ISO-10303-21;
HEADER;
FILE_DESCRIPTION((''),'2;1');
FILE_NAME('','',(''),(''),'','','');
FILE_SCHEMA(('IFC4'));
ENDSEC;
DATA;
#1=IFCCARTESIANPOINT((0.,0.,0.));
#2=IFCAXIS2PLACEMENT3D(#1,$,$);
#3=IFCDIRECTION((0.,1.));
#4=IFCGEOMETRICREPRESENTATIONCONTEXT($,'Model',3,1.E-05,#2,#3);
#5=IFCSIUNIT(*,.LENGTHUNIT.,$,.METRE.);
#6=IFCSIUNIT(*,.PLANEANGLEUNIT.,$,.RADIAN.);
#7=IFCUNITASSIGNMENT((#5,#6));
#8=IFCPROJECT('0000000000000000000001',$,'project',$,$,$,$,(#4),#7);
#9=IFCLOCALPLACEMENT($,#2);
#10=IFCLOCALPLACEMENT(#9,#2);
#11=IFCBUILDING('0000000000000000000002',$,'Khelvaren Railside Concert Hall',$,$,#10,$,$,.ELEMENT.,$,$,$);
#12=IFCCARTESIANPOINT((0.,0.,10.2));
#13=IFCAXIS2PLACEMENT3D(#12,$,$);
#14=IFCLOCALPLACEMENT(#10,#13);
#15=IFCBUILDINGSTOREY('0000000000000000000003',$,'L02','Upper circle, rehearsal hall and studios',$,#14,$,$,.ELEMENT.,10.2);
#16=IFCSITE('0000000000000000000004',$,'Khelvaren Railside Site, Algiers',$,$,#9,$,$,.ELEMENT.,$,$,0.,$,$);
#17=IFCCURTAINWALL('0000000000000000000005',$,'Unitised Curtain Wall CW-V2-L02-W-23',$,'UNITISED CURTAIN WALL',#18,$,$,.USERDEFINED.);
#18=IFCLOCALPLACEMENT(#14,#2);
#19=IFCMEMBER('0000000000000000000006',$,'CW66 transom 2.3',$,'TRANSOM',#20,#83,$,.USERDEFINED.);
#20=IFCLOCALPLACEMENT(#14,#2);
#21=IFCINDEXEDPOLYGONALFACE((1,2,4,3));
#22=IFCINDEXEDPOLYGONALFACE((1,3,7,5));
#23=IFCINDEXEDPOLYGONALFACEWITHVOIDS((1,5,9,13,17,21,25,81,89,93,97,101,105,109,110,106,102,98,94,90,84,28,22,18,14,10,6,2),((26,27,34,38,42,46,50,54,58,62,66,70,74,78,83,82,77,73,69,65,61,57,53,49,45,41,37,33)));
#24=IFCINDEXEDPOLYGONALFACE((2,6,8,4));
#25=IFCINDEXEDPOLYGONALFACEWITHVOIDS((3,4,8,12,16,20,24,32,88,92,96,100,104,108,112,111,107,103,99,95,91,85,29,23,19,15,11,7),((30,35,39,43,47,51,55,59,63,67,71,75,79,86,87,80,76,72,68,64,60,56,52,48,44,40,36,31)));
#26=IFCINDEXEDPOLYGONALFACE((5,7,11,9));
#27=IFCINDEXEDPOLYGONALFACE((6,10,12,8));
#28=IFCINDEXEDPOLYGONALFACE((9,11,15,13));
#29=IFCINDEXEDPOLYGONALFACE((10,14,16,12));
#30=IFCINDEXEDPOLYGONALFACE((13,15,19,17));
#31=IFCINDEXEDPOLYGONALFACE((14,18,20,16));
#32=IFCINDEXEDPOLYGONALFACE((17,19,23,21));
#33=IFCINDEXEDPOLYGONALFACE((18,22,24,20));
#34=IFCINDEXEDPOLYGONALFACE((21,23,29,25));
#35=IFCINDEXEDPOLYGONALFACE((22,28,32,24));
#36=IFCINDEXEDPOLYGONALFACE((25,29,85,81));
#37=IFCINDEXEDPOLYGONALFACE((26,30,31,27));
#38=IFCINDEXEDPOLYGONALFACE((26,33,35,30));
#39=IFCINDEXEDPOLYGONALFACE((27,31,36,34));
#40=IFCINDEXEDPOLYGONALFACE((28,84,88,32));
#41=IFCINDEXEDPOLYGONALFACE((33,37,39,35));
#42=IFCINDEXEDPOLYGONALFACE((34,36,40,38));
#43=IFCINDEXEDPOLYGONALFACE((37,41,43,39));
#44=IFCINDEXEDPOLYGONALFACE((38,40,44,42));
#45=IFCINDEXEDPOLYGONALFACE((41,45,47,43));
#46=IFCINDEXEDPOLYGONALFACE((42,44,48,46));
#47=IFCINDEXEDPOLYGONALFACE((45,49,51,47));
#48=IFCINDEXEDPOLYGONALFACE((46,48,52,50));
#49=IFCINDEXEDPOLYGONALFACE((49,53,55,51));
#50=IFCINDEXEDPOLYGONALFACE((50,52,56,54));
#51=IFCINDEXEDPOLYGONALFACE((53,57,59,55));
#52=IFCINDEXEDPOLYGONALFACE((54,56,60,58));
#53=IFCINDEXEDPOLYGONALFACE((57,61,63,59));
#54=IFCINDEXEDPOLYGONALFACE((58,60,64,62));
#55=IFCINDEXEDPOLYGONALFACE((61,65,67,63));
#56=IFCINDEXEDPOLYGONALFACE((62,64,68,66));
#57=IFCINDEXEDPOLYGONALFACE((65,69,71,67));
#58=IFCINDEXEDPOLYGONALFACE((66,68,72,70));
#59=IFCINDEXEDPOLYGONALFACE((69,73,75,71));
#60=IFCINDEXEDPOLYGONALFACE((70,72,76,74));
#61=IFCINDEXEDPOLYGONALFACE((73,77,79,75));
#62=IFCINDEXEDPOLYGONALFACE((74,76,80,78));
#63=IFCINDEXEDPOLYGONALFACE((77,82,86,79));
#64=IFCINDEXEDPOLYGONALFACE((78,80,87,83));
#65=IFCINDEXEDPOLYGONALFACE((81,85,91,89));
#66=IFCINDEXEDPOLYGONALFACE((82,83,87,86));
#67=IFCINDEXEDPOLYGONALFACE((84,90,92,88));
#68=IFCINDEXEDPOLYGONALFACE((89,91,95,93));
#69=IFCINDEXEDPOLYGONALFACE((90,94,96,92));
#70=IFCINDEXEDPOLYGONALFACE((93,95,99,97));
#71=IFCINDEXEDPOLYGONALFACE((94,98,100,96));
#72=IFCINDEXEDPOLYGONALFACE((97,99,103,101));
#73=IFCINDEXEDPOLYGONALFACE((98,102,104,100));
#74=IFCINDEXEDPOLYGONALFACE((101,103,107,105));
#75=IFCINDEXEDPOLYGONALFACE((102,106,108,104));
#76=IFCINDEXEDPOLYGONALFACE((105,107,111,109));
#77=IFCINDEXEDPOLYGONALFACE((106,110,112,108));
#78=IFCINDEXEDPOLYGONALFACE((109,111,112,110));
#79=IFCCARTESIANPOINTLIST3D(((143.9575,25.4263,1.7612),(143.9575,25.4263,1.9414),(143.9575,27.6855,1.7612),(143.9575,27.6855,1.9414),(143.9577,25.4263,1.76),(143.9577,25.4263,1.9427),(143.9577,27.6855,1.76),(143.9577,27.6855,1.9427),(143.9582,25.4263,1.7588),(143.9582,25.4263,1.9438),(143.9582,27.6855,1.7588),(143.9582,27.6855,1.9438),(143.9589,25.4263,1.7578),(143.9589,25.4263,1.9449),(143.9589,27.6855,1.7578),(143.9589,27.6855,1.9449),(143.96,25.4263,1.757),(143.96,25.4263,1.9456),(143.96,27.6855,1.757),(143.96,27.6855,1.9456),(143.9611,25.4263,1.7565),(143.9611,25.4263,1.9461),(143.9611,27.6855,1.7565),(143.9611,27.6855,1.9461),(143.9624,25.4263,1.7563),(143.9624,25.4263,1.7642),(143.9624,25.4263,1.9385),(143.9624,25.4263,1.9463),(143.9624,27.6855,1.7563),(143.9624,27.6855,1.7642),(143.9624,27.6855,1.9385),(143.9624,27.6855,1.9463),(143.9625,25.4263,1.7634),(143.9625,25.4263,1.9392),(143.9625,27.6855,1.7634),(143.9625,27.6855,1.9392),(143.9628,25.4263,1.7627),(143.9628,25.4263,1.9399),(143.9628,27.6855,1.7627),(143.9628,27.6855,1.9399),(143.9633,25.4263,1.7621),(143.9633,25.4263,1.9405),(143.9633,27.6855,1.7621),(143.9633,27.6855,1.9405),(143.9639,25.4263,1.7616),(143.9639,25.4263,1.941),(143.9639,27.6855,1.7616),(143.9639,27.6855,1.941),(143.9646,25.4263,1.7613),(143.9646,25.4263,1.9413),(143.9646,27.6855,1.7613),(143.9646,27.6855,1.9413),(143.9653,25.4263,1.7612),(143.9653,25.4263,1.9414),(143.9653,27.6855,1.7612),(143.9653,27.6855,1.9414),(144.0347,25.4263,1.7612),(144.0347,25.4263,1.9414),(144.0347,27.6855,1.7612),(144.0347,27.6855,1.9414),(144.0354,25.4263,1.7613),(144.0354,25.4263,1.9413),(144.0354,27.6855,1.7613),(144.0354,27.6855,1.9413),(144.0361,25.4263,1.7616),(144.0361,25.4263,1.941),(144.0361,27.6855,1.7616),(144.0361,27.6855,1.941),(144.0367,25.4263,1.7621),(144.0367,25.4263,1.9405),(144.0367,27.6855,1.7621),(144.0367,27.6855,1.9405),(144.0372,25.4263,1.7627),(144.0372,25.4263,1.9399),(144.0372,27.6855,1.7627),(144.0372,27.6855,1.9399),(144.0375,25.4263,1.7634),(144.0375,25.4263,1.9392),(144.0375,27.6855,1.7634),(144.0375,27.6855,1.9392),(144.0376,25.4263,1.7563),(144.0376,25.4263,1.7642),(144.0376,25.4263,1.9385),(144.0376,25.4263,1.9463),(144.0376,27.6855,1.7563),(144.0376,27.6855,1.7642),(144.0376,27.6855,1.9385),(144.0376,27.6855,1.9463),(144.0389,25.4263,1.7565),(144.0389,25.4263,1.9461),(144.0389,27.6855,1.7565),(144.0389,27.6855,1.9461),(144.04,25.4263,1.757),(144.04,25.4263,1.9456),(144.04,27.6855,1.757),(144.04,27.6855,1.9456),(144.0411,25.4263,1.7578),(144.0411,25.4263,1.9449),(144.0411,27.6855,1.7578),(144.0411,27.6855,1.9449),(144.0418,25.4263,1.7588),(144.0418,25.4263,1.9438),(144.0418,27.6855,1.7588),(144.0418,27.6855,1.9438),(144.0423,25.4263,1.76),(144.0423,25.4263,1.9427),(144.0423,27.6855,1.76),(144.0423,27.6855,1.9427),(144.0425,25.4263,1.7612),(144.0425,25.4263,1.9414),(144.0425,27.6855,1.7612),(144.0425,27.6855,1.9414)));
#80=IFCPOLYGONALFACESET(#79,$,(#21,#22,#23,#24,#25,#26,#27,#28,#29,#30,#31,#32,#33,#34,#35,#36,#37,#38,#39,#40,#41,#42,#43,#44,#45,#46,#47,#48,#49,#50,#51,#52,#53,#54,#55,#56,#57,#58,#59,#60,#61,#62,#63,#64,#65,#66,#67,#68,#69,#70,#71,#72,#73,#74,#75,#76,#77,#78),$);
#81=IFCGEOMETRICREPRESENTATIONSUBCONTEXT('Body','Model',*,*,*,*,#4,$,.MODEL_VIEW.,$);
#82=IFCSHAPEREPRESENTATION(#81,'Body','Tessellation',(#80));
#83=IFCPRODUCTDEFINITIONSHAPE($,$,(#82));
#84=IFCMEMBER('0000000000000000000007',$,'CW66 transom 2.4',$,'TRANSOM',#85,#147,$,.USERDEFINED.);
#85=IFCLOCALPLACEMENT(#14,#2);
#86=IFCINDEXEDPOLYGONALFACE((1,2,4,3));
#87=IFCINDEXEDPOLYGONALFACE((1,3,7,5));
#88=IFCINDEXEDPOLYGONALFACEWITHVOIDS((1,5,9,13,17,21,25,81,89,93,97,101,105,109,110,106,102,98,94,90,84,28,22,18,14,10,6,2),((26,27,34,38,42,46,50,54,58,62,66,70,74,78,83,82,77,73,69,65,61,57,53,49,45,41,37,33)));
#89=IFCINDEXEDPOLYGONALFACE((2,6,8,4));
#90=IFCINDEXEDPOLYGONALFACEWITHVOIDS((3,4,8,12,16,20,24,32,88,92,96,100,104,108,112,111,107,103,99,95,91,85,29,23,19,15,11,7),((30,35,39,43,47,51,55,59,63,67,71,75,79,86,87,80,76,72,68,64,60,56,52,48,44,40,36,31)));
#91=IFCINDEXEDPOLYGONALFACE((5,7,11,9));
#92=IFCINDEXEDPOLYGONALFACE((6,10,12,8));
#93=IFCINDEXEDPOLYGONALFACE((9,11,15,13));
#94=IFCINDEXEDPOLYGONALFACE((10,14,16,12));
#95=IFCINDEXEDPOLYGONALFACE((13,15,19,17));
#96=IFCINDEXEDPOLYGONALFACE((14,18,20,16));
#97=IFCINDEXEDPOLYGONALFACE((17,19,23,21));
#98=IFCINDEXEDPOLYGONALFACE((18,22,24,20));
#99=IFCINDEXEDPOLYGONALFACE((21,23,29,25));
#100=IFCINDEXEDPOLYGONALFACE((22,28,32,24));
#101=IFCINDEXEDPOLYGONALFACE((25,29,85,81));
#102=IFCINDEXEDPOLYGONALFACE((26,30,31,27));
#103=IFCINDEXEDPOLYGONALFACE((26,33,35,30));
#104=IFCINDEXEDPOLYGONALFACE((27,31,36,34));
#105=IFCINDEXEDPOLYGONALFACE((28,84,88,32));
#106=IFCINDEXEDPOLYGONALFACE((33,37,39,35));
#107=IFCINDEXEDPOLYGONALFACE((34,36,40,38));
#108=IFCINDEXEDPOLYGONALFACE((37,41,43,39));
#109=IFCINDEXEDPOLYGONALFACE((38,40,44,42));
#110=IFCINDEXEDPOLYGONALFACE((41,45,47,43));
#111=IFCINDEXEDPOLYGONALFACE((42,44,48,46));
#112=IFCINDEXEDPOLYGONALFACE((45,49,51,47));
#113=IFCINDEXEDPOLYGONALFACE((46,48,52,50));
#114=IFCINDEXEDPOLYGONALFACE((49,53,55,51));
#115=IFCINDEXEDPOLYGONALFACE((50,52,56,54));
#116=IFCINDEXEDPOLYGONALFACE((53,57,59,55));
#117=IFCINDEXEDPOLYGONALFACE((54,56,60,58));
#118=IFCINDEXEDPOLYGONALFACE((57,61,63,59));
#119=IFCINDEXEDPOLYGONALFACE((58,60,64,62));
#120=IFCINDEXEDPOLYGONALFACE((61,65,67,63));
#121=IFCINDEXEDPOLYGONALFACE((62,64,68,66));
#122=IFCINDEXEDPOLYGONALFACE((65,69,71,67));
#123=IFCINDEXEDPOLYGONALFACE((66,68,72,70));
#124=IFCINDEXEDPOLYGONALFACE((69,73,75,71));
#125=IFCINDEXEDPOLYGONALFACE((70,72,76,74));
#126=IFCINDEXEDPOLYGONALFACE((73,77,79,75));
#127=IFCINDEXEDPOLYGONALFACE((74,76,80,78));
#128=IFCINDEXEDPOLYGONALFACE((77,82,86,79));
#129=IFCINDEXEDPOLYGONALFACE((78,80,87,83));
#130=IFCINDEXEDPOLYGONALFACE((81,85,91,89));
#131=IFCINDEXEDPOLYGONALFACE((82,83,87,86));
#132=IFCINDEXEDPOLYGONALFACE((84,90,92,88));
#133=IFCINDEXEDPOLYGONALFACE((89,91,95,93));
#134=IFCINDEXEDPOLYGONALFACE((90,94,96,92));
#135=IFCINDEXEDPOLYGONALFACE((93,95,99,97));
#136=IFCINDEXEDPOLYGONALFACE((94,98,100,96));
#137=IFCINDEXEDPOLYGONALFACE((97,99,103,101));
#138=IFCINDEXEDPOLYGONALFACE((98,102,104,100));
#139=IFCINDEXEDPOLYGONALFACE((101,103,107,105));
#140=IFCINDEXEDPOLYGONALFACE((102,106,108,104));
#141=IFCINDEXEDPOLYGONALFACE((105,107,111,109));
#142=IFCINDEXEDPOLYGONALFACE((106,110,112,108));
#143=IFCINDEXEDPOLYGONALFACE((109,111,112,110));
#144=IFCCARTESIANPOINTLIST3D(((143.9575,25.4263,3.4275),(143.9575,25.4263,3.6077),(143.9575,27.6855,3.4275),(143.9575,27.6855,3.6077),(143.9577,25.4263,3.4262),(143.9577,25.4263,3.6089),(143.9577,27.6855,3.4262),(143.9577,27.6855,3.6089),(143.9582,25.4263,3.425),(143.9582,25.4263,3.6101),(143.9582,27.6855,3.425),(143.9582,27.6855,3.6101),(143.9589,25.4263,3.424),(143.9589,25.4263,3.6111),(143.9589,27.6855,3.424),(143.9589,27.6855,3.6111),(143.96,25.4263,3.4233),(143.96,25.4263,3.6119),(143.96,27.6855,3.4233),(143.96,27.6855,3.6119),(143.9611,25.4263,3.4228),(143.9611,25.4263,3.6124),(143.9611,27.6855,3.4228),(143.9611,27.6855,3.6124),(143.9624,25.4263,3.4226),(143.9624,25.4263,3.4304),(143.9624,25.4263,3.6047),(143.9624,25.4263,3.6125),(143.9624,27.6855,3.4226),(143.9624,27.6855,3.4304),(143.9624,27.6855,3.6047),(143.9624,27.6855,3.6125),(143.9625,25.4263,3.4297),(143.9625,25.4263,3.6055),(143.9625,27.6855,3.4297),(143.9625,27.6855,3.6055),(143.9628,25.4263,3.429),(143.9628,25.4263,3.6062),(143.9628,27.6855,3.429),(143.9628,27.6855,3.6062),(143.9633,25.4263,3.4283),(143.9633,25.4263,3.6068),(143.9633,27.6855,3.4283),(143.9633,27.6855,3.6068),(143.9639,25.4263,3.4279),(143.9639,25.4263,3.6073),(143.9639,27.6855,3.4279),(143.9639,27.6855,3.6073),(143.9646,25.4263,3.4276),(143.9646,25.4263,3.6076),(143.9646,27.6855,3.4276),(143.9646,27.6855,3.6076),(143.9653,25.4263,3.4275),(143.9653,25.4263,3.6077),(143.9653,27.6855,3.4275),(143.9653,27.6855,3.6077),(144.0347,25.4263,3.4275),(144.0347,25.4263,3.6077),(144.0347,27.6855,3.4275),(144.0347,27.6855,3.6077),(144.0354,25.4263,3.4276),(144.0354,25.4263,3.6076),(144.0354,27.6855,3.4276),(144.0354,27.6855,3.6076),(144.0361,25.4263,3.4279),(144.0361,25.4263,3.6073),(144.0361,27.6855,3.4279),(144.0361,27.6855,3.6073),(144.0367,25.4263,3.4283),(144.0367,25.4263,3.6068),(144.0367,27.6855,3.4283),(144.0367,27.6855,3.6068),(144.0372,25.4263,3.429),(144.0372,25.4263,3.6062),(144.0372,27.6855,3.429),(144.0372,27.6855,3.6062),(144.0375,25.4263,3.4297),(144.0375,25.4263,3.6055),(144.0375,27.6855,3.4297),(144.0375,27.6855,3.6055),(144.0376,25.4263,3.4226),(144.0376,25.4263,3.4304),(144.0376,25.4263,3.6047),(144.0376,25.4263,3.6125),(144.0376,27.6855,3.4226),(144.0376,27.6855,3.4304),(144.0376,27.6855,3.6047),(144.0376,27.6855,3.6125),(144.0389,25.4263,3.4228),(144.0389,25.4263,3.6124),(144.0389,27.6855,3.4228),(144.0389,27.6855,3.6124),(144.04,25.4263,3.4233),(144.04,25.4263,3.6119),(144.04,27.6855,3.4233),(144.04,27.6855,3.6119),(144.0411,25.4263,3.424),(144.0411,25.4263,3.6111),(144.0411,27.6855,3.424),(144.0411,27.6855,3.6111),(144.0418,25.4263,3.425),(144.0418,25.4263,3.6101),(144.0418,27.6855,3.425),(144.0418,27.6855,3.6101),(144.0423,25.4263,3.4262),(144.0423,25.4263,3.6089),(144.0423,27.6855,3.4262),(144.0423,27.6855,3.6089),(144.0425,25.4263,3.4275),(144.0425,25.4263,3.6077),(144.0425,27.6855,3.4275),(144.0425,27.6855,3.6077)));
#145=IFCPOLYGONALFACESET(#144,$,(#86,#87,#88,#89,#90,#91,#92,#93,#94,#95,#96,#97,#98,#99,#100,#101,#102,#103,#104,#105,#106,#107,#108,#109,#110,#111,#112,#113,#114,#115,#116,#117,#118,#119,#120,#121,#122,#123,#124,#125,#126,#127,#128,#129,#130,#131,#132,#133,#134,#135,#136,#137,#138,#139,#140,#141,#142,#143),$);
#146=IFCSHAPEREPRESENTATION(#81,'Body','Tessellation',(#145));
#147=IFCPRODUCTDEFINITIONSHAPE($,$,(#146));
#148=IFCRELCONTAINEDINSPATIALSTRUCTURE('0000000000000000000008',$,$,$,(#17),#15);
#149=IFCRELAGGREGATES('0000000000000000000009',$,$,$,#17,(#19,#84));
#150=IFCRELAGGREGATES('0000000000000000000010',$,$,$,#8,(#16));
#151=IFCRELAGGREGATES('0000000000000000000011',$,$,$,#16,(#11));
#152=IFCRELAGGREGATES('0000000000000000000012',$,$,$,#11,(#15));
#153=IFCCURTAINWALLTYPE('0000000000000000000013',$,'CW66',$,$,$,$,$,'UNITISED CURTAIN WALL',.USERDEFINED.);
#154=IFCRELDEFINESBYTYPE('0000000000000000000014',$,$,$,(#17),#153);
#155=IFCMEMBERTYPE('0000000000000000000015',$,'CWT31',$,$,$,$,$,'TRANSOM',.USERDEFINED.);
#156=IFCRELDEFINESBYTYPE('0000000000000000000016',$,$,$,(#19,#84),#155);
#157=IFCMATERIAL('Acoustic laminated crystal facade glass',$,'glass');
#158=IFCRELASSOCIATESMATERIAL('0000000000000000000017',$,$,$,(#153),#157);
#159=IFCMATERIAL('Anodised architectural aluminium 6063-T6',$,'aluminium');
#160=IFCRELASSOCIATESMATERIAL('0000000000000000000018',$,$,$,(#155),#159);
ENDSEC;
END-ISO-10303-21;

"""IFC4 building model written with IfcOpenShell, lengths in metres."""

from ifc_helpers import new_model, si_unit, direction, frame, origin, origin_2d, place, context, subcontext, project, spatial, hollow_rectangle, extrude, material, material_profile, profile_set, type_object, element, aggregate, save


model = new_model("IFC4")

# Units and contexts
model_context = context("Model", 3, precision=1e-05, world=origin(), true_north=direction((0.0, 1.0)))
body_context = subcontext(model_context, "Body", "Model", "MODEL_VIEW")
ifc_project = project(units=[si_unit("LENGTHUNIT", "METRE"), si_unit("PLANEANGLEUNIT", "RADIAN")], contexts=[model_context])

# Site, building, storey
site_placement = place(None, origin())
site = spatial("IfcSite", under=ifc_project, at=site_placement, Name="Khelvaren Railside Site, Algiers", CompositionType="ELEMENT", RefElevation=0.0)
building_placement = place(site_placement, origin())
building = spatial("IfcBuilding", under=site, at=building_placement, Name="Khelvaren Railside Concert Hall", CompositionType="ELEMENT")
storey_placement = place(building_placement, frame((0.0, 0.0, 10.2)))
storey = spatial("IfcBuildingStorey", under=building, at=storey_placement, Name="L02", Description="Upper circle, rehearsal hall and studios", CompositionType="ELEMENT", Elevation=10.2)

# Curtain wall, members
ifc_material_1 = material(Name="Acoustic laminated crystal facade glass", Category="glass")
curtain_wall_type = type_object("IfcCurtainWallType", Name="CW66", ElementType="UNITISED CURTAIN WALL", PredefinedType="USERDEFINED", material=ifc_material_1)
curtain_wall_placement = place(storey_placement, origin())
curtain_wall = element("IfcCurtainWall", 1, at=curtain_wall_placement, inside=storey, type_object=curtain_wall_type, Name="Unitised Curtain Wall CW-V2-L02-W-23", ObjectType="UNITISED CURTAIN WALL", PredefinedType="USERDEFINED")
ifc_material_2 = material(Name="Anodised architectural aluminium 6063-T6", Category="aluminium")
ifc_material_profile_1 = material_profile(ifc_material_2, hollow_rectangle(XDim=0.085, YDim=0.1899, WallThickness=0.0049, InnerFilletRadius=0.0029, OuterFilletRadius=0.0049, at=origin_2d()), Name="CWT 85x190x5")
ifc_profile_set_1 = profile_set([ifc_material_profile_1], Name="Anodised architectural aluminium 6063-T6")
member_type_1 = type_object("IfcMemberType", Name="CWT31", ElementType="TRANSOM", PredefinedType="USERDEFINED", material=ifc_profile_set_1)
member_1_placement = place(storey_placement, frame((144.0, 25.4263, 1.8513), z_axis=(0.0, 1.0, 0.0), x_axis=(-1.0, 0.0, 0.0)))
member_1 = element("IfcMember", 2, at=member_1_placement, type_object=member_type_1, Name="CW66 transom 2.3", ObjectType="TRANSOM", PredefinedType="USERDEFINED", context=body_context, shape_type="SweptSolid", body=[
    extrude(hollow_rectangle(XDim=0.085, YDim=0.1899, WallThickness=0.0049, InnerFilletRadius=0.0029, OuterFilletRadius=0.0049, at=origin_2d()), origin(), (0.0, 0.0, 1.0), 2.2593),
])
member_2_placement = place(storey_placement, frame((144.0, 25.4263, 3.5176), z_axis=(0.0, 1.0, 0.0), x_axis=(-1.0, 0.0, 0.0)))
member_2 = element("IfcMember", 3, at=member_2_placement, type_object=member_type_1, Name="CW66 transom 2.4", ObjectType="TRANSOM", PredefinedType="USERDEFINED", context=body_context, shape_type="SweptSolid", body=[
    extrude(hollow_rectangle(XDim=0.085, YDim=0.1899, WallThickness=0.0049, InnerFilletRadius=0.0029, OuterFilletRadius=0.0049, at=origin_2d()), origin(), (0.0, 0.0, 1.0), 2.2593),
])

aggregate(curtain_wall, [member_1, member_2])

save(model, "model.ifc")
